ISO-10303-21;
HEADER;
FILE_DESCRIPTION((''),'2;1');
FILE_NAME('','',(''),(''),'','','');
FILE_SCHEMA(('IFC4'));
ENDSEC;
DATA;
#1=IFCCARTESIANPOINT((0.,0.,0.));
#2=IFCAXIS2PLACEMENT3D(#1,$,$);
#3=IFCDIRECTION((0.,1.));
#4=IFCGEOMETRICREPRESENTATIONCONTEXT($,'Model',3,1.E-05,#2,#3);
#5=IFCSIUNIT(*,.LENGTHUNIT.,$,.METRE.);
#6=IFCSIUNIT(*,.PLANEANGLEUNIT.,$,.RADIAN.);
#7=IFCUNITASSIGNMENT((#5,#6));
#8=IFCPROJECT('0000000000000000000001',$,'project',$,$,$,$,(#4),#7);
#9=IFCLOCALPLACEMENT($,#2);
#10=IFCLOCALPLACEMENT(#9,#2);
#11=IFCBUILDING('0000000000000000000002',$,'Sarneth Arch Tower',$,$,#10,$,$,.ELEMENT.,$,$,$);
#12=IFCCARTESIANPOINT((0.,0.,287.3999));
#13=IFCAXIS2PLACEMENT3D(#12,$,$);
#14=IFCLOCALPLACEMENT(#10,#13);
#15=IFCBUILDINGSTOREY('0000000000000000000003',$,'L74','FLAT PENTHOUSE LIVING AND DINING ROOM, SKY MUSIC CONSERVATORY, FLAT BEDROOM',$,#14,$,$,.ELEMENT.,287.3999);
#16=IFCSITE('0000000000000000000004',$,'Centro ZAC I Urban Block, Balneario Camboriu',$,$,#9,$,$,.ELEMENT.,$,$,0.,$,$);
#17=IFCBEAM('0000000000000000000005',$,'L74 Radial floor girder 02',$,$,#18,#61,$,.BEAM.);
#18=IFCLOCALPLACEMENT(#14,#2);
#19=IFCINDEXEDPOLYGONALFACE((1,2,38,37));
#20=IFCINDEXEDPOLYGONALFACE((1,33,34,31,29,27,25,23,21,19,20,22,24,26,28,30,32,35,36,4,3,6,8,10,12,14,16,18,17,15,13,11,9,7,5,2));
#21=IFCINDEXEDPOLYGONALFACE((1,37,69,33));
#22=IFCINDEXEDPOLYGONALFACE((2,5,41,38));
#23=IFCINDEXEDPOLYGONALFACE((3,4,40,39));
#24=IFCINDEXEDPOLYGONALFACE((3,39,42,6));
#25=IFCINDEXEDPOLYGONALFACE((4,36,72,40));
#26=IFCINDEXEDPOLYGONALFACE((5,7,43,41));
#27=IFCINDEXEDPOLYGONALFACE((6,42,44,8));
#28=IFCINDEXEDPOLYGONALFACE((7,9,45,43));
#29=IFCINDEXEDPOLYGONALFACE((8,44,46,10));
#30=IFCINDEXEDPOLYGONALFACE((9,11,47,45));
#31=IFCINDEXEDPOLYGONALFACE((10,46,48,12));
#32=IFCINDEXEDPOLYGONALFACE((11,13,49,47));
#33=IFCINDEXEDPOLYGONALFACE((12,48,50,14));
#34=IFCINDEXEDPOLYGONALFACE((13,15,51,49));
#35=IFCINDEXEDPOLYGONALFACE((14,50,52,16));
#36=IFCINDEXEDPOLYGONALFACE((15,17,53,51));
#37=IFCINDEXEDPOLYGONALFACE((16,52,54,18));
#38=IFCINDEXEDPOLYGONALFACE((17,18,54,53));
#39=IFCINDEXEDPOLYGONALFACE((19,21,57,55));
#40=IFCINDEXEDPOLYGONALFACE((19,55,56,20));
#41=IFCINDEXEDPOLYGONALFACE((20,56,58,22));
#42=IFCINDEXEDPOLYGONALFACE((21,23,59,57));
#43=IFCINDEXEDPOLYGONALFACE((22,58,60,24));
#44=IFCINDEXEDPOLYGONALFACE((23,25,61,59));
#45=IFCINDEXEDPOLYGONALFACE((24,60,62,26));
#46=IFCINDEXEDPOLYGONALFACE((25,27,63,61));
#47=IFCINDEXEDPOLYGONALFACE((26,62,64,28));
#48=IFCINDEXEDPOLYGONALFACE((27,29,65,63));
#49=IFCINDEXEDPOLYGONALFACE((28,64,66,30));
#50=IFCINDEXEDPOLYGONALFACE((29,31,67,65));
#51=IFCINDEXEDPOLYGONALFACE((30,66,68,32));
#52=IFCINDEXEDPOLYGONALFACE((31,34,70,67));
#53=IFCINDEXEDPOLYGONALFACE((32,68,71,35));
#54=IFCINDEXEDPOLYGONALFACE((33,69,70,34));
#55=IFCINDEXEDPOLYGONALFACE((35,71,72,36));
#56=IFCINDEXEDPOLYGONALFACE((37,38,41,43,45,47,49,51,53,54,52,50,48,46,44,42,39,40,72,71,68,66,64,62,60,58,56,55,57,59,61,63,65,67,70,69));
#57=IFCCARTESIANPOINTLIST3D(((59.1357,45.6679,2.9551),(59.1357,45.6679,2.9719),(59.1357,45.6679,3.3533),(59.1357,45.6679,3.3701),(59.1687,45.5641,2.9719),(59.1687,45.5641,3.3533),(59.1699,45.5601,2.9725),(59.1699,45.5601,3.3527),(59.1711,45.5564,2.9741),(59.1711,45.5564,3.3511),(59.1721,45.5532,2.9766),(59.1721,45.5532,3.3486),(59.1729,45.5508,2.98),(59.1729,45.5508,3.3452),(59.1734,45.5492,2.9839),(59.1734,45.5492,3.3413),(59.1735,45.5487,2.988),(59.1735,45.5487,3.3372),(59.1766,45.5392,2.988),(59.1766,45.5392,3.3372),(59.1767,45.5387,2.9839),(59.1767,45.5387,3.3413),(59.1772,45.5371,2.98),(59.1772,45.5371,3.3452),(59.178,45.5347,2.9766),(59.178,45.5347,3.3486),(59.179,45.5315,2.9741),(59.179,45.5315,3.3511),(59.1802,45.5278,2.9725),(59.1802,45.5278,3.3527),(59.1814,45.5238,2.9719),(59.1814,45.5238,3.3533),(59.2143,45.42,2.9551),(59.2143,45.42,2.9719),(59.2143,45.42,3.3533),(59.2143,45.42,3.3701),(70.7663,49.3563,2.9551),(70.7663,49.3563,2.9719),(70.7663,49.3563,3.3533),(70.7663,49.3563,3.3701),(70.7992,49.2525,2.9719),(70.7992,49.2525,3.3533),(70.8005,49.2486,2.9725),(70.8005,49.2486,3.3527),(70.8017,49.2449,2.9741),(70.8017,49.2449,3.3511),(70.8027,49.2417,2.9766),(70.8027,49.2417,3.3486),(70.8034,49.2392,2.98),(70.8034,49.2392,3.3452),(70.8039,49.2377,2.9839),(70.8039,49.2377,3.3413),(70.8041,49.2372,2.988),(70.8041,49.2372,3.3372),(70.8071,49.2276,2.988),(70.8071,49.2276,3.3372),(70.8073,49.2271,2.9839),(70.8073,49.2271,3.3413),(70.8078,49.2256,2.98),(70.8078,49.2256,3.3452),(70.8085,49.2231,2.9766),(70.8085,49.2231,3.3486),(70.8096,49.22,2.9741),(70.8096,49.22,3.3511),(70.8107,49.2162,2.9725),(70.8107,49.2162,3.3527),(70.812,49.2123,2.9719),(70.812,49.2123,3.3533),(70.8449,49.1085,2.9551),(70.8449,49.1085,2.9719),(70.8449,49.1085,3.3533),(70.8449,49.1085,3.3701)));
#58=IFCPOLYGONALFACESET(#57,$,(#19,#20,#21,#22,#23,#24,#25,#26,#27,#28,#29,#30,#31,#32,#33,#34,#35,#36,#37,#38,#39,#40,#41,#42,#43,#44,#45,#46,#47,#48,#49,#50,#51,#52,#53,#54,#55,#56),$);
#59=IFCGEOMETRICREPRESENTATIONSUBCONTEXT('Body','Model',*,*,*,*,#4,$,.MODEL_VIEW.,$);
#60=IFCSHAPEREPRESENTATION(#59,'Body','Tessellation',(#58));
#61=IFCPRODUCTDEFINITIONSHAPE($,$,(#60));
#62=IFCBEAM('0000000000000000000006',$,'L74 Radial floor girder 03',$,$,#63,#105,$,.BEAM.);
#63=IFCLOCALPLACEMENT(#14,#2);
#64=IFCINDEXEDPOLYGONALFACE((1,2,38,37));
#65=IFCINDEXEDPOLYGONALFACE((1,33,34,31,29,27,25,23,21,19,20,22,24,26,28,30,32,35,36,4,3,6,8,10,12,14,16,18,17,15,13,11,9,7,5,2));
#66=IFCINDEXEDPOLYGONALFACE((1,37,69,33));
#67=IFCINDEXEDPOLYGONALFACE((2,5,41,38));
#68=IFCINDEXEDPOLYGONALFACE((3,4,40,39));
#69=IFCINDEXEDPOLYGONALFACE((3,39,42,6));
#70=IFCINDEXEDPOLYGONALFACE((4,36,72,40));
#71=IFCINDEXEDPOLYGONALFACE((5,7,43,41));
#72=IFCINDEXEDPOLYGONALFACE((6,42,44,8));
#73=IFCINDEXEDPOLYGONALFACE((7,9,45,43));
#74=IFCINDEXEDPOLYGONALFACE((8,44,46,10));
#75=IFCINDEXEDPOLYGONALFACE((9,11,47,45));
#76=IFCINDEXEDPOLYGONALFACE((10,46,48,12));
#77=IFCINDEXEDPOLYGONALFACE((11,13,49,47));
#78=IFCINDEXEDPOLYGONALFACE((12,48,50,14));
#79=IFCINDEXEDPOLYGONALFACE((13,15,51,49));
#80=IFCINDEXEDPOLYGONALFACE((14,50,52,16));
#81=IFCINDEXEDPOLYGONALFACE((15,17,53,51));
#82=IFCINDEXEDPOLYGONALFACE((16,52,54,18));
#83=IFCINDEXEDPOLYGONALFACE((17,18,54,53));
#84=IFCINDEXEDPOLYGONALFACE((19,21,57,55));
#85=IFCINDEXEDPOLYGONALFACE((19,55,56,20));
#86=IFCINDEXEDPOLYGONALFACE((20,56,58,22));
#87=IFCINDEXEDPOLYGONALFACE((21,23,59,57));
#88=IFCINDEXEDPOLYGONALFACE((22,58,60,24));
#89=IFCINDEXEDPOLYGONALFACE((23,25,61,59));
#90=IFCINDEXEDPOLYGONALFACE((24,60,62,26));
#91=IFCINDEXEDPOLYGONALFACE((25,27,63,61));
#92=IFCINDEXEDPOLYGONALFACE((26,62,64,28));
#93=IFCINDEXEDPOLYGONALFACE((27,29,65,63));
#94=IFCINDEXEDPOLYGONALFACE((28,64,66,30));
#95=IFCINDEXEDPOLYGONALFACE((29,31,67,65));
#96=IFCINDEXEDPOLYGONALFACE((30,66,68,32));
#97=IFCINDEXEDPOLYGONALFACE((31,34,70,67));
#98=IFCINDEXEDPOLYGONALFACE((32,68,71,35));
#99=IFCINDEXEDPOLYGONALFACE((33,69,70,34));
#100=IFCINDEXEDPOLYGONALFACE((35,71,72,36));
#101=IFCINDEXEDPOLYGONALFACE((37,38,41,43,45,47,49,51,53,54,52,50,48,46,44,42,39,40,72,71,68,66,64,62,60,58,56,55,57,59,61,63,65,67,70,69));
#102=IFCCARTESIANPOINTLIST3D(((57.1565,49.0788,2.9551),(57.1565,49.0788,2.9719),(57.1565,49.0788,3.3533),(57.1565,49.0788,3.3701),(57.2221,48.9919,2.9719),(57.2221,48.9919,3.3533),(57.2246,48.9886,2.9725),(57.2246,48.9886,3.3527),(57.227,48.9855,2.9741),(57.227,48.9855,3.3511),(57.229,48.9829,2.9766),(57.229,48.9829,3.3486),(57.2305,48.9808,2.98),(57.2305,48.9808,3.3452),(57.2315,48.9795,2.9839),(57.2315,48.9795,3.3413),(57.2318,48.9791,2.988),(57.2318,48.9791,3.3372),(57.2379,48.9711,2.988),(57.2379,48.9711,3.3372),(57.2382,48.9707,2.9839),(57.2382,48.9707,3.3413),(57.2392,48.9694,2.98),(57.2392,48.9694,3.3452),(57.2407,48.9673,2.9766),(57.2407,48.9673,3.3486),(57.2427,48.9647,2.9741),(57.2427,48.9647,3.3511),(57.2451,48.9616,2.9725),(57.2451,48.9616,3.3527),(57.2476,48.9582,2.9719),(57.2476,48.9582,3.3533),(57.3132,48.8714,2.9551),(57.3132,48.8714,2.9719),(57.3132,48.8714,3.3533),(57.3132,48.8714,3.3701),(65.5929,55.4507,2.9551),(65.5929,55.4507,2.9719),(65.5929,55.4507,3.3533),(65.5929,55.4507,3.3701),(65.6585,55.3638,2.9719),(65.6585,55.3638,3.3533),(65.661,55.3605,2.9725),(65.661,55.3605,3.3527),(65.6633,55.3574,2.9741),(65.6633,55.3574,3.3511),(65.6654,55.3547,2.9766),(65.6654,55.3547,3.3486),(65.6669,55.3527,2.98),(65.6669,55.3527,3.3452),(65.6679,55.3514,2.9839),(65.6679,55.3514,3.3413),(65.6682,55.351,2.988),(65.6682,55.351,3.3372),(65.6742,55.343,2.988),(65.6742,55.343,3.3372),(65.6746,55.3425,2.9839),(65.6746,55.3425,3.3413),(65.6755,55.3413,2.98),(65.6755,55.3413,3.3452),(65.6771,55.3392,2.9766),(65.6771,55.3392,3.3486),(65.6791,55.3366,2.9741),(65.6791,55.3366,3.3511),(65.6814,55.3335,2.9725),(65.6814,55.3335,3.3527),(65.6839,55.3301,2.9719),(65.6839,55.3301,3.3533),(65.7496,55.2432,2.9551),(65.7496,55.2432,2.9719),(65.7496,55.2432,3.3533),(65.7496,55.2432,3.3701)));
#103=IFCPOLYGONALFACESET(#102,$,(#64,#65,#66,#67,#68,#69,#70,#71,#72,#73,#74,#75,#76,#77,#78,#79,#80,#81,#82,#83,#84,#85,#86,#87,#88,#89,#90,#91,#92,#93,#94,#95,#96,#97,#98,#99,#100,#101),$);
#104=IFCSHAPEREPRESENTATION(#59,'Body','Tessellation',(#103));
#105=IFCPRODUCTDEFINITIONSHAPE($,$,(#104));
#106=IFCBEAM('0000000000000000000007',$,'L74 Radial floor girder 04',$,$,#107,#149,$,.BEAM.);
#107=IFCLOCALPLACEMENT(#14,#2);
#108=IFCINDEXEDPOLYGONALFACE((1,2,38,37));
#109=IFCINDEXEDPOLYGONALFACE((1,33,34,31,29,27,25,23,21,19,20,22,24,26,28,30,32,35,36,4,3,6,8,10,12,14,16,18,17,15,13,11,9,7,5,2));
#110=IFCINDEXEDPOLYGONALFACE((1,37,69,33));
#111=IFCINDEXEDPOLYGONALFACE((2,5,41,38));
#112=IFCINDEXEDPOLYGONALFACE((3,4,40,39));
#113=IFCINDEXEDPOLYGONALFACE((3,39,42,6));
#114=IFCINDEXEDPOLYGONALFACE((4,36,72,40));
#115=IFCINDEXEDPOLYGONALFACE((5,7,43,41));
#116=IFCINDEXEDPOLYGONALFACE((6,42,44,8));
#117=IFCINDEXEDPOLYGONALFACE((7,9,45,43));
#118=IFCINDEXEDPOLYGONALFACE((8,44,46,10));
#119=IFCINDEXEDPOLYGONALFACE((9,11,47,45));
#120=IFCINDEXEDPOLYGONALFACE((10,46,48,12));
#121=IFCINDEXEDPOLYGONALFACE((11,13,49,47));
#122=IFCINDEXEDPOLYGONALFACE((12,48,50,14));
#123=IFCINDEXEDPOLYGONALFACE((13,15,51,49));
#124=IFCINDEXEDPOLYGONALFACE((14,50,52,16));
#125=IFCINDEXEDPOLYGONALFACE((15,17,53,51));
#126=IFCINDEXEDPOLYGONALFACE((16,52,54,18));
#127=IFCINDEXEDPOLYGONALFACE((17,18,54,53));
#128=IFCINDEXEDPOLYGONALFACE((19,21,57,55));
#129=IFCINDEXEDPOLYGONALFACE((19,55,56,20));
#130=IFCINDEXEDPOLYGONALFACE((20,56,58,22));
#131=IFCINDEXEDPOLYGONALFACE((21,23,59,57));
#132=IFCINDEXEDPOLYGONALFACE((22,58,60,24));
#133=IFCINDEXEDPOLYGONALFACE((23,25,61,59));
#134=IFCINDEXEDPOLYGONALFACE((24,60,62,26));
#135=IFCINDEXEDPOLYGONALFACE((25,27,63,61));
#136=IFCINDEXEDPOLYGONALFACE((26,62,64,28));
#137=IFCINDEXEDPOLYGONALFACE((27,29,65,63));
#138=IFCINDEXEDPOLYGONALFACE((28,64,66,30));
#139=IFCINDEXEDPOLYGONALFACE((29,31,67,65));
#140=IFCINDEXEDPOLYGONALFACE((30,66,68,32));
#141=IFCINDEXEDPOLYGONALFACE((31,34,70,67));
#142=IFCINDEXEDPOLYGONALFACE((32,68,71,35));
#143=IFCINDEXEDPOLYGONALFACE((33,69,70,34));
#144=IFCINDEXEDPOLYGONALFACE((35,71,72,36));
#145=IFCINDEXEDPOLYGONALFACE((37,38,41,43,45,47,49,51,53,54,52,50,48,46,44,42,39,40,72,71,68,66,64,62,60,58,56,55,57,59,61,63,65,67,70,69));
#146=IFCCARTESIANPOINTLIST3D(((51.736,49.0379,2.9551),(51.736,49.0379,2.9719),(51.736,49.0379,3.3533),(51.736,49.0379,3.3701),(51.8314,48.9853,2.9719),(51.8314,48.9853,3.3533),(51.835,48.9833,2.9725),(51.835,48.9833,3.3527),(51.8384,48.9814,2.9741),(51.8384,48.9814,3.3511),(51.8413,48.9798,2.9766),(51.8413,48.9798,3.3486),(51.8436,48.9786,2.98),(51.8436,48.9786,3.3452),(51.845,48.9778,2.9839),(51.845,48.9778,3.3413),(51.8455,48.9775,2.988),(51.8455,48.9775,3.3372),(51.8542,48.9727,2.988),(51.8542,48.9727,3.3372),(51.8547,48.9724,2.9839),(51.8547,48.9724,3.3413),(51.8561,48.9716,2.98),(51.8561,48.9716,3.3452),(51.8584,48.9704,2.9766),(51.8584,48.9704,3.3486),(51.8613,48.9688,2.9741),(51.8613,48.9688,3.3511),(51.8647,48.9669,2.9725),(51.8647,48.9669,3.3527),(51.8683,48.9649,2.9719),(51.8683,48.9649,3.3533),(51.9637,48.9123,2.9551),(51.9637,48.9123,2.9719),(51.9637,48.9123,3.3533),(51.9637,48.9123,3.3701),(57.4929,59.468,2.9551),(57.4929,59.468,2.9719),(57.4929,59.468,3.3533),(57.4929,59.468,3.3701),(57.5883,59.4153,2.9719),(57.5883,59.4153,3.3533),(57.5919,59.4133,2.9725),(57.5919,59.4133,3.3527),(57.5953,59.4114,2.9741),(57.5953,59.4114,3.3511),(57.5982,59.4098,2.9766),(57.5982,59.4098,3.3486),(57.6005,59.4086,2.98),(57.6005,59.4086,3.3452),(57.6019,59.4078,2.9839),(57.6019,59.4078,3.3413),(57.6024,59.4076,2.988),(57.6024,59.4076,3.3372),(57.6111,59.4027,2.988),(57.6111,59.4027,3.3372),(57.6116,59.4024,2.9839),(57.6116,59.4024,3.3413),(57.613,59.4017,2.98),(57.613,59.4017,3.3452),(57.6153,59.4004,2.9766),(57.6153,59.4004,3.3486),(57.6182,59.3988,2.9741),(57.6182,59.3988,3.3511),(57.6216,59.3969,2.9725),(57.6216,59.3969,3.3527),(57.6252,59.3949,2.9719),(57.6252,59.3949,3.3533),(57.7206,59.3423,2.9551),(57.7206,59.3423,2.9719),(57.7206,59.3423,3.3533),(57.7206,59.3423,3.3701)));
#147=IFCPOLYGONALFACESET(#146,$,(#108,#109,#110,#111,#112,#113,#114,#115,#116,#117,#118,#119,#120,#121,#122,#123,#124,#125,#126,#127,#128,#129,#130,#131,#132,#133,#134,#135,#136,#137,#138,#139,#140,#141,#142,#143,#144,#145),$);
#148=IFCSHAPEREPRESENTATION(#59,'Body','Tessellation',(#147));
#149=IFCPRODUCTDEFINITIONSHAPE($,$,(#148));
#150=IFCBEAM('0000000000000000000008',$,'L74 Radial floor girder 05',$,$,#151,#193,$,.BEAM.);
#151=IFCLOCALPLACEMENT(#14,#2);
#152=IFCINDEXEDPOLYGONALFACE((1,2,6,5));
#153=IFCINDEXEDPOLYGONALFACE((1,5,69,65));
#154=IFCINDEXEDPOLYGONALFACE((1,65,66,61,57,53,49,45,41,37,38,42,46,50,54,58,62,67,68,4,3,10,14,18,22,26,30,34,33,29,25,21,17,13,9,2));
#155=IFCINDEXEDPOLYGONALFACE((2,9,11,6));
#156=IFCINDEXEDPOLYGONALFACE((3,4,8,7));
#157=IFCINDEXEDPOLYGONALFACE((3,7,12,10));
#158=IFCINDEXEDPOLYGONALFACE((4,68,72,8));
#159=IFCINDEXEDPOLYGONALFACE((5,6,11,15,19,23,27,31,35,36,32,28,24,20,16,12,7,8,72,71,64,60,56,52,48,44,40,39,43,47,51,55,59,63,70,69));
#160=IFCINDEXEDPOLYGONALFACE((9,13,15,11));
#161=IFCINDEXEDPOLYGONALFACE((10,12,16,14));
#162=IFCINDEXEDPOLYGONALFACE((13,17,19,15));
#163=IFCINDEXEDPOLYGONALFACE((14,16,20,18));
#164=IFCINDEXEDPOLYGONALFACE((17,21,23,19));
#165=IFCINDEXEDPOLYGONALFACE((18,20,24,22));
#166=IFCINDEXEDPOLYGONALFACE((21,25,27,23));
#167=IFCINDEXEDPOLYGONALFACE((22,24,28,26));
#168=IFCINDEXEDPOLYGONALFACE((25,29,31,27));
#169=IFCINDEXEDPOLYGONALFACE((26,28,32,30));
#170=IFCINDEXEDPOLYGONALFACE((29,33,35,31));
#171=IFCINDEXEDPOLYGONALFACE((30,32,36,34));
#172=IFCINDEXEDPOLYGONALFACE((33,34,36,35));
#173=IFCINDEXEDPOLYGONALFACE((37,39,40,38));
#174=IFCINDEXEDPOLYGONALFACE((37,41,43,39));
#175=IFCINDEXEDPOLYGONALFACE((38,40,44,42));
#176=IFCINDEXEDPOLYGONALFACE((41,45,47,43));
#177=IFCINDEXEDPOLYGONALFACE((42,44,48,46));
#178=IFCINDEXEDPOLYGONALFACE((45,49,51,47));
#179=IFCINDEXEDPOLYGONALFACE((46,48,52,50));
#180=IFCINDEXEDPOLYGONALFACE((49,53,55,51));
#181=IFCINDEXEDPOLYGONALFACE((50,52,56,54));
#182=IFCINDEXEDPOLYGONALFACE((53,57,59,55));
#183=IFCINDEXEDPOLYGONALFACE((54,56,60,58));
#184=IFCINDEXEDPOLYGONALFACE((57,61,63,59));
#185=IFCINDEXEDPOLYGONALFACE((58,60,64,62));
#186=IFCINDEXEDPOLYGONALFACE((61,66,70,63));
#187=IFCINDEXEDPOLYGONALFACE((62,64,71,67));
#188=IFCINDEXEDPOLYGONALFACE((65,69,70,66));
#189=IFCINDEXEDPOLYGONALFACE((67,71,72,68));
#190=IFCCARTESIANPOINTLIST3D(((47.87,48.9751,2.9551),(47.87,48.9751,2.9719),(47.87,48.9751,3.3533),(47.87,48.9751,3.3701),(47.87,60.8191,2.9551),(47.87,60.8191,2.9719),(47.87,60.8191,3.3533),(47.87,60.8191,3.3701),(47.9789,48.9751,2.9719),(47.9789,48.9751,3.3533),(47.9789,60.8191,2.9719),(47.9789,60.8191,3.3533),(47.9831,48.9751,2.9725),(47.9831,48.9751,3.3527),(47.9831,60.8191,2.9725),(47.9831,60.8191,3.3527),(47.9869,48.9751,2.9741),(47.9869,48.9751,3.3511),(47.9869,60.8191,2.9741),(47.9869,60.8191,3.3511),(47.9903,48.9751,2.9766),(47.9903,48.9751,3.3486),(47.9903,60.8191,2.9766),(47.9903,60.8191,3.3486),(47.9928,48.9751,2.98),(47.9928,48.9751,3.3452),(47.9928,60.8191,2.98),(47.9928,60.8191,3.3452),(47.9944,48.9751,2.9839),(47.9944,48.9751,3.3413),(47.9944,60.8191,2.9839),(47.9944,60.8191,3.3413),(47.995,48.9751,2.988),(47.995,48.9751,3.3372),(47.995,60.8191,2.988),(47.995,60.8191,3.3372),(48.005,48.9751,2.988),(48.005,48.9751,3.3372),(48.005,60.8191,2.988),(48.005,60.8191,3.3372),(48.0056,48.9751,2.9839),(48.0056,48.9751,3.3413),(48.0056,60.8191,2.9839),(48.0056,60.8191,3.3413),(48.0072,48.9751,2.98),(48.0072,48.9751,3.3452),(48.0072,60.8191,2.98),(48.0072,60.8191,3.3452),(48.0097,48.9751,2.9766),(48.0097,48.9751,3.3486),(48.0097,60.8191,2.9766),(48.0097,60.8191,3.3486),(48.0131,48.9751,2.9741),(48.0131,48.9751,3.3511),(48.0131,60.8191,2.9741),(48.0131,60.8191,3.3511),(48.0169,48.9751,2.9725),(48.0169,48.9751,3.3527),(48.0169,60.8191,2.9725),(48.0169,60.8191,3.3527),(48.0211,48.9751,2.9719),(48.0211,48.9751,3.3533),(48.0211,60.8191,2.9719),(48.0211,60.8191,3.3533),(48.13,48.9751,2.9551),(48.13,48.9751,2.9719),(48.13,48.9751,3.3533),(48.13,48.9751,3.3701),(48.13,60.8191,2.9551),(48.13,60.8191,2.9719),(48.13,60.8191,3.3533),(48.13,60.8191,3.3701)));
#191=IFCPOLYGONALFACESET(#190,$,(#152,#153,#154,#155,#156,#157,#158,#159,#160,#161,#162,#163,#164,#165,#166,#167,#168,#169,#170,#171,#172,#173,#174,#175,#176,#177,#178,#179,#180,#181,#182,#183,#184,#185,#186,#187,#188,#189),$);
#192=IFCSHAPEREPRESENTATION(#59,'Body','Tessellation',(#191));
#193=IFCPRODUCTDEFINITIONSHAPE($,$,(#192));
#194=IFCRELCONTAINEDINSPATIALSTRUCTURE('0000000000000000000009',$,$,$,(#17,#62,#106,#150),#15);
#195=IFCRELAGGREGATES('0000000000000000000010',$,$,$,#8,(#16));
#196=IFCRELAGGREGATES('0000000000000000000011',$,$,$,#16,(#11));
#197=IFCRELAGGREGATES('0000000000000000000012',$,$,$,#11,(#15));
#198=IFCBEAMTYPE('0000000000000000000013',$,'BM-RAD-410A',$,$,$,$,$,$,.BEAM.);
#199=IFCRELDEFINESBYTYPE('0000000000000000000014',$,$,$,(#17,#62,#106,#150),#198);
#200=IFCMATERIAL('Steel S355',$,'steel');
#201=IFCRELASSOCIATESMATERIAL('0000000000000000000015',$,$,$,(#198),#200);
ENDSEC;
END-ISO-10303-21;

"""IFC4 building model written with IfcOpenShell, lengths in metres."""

from ifc_helpers import new_model, si_unit, direction, frame, origin, origin_2d, place, context, subcontext, project, spatial, i_section, extrude, material, material_profile, profile_set, type_object, element, save


model = new_model("IFC4")

# Units and contexts
model_context = context("Model", 3, precision=1e-05, world=origin(), true_north=direction((0.0, 1.0)))
body_context = subcontext(model_context, "Body", "Model", "MODEL_VIEW")
ifc_project = project(units=[si_unit("LENGTHUNIT", "METRE"), si_unit("PLANEANGLEUNIT", "RADIAN")], contexts=[model_context])

# Site, building, storey
site_placement = place(None, origin())
site = spatial("IfcSite", under=ifc_project, at=site_placement, Name="Centro ZAC I Urban Block, Balneario Camboriu", CompositionType="ELEMENT", RefElevation=0.0)
building_placement = place(site_placement, origin())
building = spatial("IfcBuilding", under=site, at=building_placement, Name="Sarneth Arch Tower", CompositionType="ELEMENT")
storey_placement = place(building_placement, frame((0.0, 0.0, 287.3999)))
storey = spatial("IfcBuildingStorey", under=building, at=storey_placement, Name="L74", Description="FLAT PENTHOUSE LIVING AND DINING ROOM, SKY MUSIC CONSERVATORY, FLAT BEDROOM", CompositionType="ELEMENT", Elevation=287.3999)

# Beams
ifc_material_1 = material(Name="Steel S355", Category="steel")
ifc_material_profile_1 = material_profile(ifc_material_1, i_section(OverallWidth=0.26, OverallDepth=0.415, WebThickness=0.01, FlangeThickness=0.0168, FilletRadius=0.0161, at=origin_2d()), Name="W410x100")
ifc_profile_set_1 = profile_set([ifc_material_profile_1], Name="Steel S355")
beam_type_1 = type_object("IfcBeamType", Name="BM-RAD-410A", PredefinedType="BEAM", material=ifc_profile_set_1)
beam_1_placement = place(storey_placement, frame((59.175, 45.5439, 3.1626), z_axis=(0.953214, 0.302298, 0.0), x_axis=(-0.302298, 0.953214, 0.0)))
element("IfcBeam", 1, at=beam_1_placement, inside=storey, type_object=beam_type_1, Name="L74 Radial floor girder 02", PredefinedType="BEAM", context=body_context, shape_type="SweptSolid", body=[
    extrude(i_section(OverallWidth=0.26, OverallDepth=0.415, WebThickness=0.01, FlangeThickness=0.0168, FilletRadius=0.0161, at=origin_2d()), origin(), (0.0, 0.0, 1.0), 12.2014),
])
beam_2_placement = place(storey_placement, frame((57.2349, 48.9751, 3.1626), z_axis=(0.79797, 0.602698, 0.0), x_axis=(-0.602698, 0.79797, 0.0)))
element("IfcBeam", 2, at=beam_2_placement, inside=storey, type_object=beam_type_1, Name="L74 Radial floor girder 03", PredefinedType="BEAM", context=body_context, shape_type="SweptSolid", body=[
    extrude(i_section(OverallWidth=0.26, OverallDepth=0.415, WebThickness=0.01, FlangeThickness=0.0168, FilletRadius=0.0161, at=origin_2d()), origin(), (0.0, 0.0, 1.0), 10.5723),
])
beam_3_placement = place(storey_placement, frame((51.8499, 48.9751, 3.1626), z_axis=(0.483231, 0.875493, 0.0), x_axis=(-0.875493, 0.483231, 0.0)))
element("IfcBeam", 3, at=beam_3_placement, inside=storey, type_object=beam_type_1, Name="L74 Radial floor girder 04", PredefinedType="BEAM", context=body_context, shape_type="SweptSolid", body=[
    extrude(i_section(OverallWidth=0.26, OverallDepth=0.415, WebThickness=0.01, FlangeThickness=0.0168, FilletRadius=0.0161, at=origin_2d()), origin(), (0.0, 0.0, 1.0), 11.9133),
])
beam_4_placement = place(storey_placement, frame((48.0, 48.9751, 3.1626), z_axis=(0.0, 1.0, 0.0), x_axis=(-1.0, 0.0, 0.0)))
element("IfcBeam", 4, at=beam_4_placement, inside=storey, type_object=beam_type_1, Name="L74 Radial floor girder 05", PredefinedType="BEAM", context=body_context, shape_type="SweptSolid", body=[
    extrude(i_section(OverallWidth=0.26, OverallDepth=0.415, WebThickness=0.01, FlangeThickness=0.0168, FilletRadius=0.0161, at=origin_2d()), origin(), (0.0, 0.0, 1.0), 11.844),
])

save(model, "model.ifc")
